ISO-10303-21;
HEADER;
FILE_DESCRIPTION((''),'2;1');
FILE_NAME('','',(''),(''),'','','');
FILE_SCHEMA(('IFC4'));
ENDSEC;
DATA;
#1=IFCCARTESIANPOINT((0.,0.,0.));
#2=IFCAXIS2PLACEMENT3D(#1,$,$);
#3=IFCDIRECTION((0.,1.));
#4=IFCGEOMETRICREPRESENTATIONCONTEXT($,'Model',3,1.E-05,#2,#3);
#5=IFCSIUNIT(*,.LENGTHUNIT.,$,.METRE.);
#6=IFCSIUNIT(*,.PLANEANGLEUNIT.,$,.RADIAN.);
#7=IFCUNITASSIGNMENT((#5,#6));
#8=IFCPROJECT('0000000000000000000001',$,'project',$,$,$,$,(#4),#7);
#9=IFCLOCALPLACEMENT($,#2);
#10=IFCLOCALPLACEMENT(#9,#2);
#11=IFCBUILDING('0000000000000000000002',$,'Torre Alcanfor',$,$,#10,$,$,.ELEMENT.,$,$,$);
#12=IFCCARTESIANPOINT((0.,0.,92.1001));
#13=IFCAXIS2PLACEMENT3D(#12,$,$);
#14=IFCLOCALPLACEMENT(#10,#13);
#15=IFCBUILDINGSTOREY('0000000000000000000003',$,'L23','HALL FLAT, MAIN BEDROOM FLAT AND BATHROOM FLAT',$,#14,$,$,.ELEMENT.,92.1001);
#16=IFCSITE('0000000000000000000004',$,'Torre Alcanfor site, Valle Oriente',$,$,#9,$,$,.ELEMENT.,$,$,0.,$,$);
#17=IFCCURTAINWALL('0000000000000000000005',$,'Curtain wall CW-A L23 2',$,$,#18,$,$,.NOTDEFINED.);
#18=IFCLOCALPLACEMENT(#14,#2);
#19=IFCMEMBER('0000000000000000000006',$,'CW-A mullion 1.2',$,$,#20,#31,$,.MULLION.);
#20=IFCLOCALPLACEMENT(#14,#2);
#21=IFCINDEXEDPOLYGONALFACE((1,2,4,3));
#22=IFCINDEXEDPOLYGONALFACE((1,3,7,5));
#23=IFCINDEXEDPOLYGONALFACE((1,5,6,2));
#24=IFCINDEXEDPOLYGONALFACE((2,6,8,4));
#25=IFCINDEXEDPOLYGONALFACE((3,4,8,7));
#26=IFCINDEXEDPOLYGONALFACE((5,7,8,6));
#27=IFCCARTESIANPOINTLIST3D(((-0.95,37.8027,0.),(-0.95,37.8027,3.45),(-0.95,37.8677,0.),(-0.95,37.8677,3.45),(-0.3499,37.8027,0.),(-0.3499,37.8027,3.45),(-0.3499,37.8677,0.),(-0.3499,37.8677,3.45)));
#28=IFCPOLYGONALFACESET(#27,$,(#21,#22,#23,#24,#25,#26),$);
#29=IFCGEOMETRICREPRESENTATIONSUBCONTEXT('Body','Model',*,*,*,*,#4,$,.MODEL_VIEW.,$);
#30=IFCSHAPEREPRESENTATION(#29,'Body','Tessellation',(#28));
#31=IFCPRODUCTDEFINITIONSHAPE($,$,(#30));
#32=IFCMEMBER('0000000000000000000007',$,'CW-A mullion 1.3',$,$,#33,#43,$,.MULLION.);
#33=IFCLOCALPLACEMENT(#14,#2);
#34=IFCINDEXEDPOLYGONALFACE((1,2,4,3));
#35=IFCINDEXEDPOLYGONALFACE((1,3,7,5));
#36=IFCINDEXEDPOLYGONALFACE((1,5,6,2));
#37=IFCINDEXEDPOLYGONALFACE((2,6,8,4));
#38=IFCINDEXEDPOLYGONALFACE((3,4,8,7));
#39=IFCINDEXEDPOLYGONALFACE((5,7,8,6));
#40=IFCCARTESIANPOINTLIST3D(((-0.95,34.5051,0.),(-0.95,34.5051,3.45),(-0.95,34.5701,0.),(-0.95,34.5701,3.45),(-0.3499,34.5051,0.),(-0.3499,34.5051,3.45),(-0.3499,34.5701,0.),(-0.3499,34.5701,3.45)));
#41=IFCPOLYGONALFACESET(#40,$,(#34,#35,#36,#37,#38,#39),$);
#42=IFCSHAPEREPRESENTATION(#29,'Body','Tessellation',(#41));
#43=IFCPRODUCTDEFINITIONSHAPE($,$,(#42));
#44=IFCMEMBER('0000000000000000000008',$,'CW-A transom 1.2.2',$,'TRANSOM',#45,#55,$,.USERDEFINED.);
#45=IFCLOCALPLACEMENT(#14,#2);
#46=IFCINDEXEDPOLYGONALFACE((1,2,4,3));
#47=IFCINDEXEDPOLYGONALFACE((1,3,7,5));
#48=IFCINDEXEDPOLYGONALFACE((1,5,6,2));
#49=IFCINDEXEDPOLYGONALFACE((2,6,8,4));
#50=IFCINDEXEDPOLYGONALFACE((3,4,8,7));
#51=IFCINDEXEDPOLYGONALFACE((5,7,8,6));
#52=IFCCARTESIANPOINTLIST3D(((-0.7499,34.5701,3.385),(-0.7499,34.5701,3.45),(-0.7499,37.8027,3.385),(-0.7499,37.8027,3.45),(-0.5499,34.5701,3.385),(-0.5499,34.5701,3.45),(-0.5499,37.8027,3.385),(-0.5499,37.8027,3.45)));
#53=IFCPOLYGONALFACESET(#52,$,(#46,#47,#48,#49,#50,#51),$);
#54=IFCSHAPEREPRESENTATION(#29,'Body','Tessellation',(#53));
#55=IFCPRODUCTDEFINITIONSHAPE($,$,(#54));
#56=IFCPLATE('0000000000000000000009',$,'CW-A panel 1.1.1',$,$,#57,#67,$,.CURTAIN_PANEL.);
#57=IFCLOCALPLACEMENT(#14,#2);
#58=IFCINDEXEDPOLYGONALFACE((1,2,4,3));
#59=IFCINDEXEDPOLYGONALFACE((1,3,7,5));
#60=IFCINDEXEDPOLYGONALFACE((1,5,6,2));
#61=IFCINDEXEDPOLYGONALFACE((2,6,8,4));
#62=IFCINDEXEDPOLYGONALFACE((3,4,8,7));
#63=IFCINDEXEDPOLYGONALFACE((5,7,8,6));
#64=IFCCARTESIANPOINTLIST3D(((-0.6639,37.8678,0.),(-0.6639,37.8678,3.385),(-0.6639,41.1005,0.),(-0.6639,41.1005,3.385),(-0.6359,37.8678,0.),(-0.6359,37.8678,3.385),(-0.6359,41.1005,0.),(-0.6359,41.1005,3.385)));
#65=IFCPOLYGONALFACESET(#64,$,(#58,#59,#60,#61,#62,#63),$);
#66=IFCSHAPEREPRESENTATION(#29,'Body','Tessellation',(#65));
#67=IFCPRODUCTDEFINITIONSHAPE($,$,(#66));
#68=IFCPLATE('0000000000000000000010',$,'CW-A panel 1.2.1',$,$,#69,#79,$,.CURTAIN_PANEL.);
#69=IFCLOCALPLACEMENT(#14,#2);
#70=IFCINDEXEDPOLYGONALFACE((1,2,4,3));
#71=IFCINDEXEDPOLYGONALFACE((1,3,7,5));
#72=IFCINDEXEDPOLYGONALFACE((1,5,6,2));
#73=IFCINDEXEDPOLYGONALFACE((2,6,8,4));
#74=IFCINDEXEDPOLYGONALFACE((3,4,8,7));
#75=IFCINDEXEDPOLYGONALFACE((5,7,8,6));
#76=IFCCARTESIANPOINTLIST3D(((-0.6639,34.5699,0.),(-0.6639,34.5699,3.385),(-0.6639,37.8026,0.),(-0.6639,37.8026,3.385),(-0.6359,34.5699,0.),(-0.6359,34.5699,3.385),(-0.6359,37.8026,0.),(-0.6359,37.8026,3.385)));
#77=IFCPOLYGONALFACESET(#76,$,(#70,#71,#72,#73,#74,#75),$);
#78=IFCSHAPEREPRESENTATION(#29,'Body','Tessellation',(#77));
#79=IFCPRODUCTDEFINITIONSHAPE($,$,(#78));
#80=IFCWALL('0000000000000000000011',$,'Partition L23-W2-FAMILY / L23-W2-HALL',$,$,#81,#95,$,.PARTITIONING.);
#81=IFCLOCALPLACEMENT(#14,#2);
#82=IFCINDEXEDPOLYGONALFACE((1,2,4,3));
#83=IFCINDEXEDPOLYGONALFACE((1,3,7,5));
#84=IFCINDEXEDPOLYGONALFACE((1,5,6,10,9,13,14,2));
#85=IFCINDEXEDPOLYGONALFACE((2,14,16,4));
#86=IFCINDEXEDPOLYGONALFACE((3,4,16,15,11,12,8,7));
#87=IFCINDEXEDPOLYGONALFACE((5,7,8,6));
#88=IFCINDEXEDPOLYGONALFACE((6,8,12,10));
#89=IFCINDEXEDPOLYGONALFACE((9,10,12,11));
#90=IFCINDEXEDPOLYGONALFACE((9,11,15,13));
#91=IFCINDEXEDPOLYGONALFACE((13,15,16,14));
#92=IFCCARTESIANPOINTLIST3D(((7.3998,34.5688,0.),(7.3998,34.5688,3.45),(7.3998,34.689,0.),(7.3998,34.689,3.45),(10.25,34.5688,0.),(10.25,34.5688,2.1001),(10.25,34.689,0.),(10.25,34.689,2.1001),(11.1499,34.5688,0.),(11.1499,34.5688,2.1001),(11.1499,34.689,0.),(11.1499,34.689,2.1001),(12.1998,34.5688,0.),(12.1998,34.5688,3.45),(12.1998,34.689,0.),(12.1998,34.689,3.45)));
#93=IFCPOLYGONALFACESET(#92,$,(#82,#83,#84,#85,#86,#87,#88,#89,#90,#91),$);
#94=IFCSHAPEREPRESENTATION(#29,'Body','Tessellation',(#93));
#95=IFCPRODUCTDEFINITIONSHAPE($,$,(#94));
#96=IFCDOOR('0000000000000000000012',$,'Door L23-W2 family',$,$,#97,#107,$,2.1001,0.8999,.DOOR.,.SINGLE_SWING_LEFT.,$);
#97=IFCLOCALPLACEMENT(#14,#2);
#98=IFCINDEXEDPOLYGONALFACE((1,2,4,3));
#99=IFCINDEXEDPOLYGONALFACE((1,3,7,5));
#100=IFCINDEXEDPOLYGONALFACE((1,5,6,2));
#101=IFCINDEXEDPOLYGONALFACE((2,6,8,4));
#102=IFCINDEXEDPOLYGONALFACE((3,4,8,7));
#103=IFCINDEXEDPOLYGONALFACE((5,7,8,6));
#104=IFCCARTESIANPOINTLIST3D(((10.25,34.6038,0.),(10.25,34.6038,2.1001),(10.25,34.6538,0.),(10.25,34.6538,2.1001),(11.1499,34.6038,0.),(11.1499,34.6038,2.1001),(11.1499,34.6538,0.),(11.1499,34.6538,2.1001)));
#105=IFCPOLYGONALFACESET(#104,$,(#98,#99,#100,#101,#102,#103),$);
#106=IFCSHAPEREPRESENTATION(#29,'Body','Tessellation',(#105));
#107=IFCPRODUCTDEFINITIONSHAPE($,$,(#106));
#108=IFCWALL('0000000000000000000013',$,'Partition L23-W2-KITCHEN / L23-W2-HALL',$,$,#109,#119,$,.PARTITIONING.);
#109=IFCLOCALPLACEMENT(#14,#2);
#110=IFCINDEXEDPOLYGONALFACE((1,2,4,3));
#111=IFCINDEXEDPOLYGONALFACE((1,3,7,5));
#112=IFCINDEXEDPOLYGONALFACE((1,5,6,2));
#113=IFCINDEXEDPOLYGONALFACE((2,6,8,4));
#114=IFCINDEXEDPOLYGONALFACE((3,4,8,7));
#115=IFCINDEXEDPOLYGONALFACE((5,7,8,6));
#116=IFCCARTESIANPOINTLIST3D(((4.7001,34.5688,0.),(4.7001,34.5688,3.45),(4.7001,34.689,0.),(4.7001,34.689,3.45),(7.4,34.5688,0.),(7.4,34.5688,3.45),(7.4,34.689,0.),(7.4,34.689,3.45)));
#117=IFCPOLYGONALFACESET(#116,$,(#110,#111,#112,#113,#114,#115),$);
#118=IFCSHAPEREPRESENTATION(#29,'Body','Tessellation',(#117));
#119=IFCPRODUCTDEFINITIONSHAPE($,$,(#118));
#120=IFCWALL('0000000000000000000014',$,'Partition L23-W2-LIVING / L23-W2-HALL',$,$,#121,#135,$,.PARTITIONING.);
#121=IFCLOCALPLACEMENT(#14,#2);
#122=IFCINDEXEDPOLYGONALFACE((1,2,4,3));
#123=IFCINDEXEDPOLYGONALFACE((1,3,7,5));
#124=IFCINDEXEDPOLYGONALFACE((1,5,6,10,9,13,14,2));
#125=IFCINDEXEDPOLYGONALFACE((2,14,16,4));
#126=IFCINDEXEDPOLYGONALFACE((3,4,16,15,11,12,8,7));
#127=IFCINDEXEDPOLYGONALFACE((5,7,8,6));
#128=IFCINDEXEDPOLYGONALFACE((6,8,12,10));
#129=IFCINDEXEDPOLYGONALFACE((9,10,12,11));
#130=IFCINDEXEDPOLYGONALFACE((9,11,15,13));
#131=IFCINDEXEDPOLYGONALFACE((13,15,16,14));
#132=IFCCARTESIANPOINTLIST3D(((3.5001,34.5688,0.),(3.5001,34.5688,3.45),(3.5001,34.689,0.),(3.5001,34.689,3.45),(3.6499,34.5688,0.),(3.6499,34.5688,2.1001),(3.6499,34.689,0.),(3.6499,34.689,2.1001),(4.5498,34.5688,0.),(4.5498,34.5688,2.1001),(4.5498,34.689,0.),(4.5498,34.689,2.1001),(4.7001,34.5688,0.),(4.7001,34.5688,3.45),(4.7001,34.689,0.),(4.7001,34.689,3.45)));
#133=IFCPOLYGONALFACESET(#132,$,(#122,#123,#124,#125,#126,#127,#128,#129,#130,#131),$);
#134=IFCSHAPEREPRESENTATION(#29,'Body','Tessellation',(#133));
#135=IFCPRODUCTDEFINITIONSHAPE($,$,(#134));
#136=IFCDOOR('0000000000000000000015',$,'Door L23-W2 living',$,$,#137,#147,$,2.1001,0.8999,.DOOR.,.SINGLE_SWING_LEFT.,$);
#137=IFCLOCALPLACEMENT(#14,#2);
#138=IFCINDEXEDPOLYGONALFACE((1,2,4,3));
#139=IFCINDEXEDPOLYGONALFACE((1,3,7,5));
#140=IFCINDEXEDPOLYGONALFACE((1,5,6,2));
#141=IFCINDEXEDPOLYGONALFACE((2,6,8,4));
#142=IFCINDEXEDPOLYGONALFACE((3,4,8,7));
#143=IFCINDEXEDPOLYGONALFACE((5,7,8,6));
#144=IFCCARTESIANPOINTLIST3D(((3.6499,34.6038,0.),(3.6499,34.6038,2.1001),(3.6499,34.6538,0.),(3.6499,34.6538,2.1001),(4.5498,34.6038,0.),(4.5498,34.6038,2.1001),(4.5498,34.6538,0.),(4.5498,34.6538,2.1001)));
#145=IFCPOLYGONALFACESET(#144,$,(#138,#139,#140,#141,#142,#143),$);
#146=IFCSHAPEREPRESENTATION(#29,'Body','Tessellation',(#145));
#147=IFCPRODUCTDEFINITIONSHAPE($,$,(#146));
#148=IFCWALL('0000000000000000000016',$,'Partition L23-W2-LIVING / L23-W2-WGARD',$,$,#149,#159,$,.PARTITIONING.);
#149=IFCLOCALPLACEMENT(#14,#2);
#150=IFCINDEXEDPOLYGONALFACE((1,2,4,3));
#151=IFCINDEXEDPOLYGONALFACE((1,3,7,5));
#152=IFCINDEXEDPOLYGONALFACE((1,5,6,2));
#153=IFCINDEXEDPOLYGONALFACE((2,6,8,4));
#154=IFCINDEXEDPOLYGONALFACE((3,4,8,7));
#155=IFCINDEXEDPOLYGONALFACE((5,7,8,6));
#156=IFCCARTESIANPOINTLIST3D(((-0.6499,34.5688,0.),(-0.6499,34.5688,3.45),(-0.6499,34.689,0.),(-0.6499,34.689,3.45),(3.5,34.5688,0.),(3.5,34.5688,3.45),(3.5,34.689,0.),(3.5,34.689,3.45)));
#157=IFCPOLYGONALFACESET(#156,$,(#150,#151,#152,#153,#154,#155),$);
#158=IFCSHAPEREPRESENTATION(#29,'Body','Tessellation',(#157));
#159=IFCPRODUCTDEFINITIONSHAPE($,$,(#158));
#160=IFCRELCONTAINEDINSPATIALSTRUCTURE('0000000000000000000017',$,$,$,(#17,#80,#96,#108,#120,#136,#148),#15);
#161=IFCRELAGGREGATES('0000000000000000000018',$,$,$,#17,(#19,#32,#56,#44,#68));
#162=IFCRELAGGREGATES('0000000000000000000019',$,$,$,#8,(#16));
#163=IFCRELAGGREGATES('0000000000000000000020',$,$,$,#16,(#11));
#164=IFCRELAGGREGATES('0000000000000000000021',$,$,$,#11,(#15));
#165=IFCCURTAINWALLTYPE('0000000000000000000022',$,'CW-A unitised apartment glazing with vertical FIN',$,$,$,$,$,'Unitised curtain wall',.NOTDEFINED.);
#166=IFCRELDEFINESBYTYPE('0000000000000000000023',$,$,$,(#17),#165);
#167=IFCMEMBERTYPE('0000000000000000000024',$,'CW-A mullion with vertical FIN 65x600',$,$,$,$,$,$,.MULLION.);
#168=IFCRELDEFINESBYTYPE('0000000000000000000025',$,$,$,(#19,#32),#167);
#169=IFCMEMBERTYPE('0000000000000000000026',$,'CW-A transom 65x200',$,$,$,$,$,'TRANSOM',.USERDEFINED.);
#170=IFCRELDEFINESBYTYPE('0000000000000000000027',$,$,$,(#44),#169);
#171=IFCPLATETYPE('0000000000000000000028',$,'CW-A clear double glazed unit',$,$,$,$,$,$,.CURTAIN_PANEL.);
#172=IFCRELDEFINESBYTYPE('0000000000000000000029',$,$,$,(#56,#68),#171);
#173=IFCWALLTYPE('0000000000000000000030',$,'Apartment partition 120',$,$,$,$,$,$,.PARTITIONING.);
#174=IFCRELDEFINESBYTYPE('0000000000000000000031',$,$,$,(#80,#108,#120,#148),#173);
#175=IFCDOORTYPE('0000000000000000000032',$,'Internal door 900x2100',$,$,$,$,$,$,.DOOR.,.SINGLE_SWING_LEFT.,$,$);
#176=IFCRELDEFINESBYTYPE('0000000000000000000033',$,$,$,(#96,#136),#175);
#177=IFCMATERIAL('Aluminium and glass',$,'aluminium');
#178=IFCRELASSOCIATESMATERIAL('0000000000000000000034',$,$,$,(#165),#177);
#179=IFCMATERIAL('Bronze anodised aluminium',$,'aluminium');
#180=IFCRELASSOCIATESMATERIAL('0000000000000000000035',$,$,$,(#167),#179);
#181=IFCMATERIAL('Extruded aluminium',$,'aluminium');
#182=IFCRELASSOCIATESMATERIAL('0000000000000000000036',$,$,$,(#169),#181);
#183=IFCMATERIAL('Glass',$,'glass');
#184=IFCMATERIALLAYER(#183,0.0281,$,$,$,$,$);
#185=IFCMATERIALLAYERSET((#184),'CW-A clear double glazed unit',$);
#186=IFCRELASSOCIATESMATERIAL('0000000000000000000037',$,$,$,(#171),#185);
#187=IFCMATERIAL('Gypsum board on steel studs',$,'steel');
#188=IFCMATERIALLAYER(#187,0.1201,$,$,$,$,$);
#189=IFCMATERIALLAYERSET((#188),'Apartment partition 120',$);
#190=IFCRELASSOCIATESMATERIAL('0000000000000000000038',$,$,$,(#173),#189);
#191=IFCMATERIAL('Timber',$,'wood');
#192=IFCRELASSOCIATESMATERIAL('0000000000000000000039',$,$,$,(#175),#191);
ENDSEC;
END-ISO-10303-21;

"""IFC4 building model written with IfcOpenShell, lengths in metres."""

from ifc_helpers import new_model, si_unit, direction, frame, frame_2d, origin, origin_2d, place, context, subcontext, project, spatial, rectangle, extrude, material, layer, layer_set, material_profile, profile_set, type_object, element, fill, aggregate, save


model = new_model("IFC4")

# Units and contexts
model_context = context("Model", 3, precision=1e-05, world=origin(), true_north=direction((0.0, 1.0)))
body_context = subcontext(model_context, "Body", "Model", "MODEL_VIEW")
ifc_project = project(units=[si_unit("LENGTHUNIT", "METRE"), si_unit("PLANEANGLEUNIT", "RADIAN")], contexts=[model_context])

# Site, building, storey
site_placement = place(None, origin())
site = spatial("IfcSite", under=ifc_project, at=site_placement, Name="Torre Alcanfor site, Valle Oriente", CompositionType="ELEMENT", RefElevation=0.0)
building_placement = place(site_placement, origin())
building = spatial("IfcBuilding", under=site, at=building_placement, Name="Torre Alcanfor", CompositionType="ELEMENT")
storey_placement = place(building_placement, frame((0.0, 0.0, 92.1001)))
storey = spatial("IfcBuildingStorey", under=building, at=storey_placement, Name="L23", Description="HALL FLAT, MAIN BEDROOM FLAT AND BATHROOM FLAT", CompositionType="ELEMENT", Elevation=92.1001)

# Curtain wall, members, plates
ifc_material_1 = material(Name="Aluminium and glass", Category="aluminium")
curtain_wall_type = type_object("IfcCurtainWallType", Name="CW-A unitised apartment glazing with vertical FIN", ElementType="Unitised curtain wall", PredefinedType="NOTDEFINED", material=ifc_material_1)
curtain_wall_placement = place(storey_placement, origin())
curtain_wall = element("IfcCurtainWall", 1, at=curtain_wall_placement, inside=storey, type_object=curtain_wall_type, Name="Curtain wall CW-A L23 2", PredefinedType="NOTDEFINED")
ifc_material_2 = material(Name="Bronze anodised aluminium", Category="aluminium")
ifc_material_profile_1 = material_profile(ifc_material_2, rectangle(XDim=0.6001, YDim=0.0649, at=origin_2d()), Name="CW-A mullion 65x600")
ifc_profile_set_1 = profile_set([ifc_material_profile_1], Name="Bronze anodised aluminium")
member_type_1 = type_object("IfcMemberType", Name="CW-A mullion with vertical FIN 65x600", PredefinedType="MULLION", material=ifc_profile_set_1)
member_1_placement = place(storey_placement, frame((-0.6499, 37.8352, 0.0), z_axis=(0.0, 0.0, 1.0), x_axis=(1.0, 0.0, 0.0)))
member_1 = element("IfcMember", 2, at=member_1_placement, type_object=member_type_1, Name="CW-A mullion 1.2", PredefinedType="MULLION", context=body_context, shape_type="SweptSolid", body=[
    extrude(rectangle(XDim=0.6001, YDim=0.0649, at=origin_2d()), origin(), (0.0, 0.0, 1.0), 3.45),
])
member_2_placement = place(storey_placement, frame((-0.6499, 34.5376, 0.0), z_axis=(0.0, 0.0, 1.0), x_axis=(1.0, 0.0, 0.0)))
member_2 = element("IfcMember", 3, at=member_2_placement, type_object=member_type_1, Name="CW-A mullion 1.3", PredefinedType="MULLION", context=body_context, shape_type="SweptSolid", body=[
    extrude(rectangle(XDim=0.6001, YDim=0.0649, at=origin_2d()), origin(), (0.0, 0.0, 1.0), 3.45),
])
ifc_material_3 = material(Name="Extruded aluminium", Category="aluminium")
ifc_material_profile_2 = material_profile(ifc_material_3, rectangle(XDim=0.2, YDim=0.0649, at=origin_2d()), Name="CW-A transom 200x65")
ifc_profile_set_2 = profile_set([ifc_material_profile_2], Name="Extruded aluminium")
member_type_2 = type_object("IfcMemberType", Name="CW-A transom 65x200", ElementType="TRANSOM", PredefinedType="USERDEFINED", material=ifc_profile_set_2)
member_3_placement = place(storey_placement, frame((-0.6499, 37.8027, 3.4175), z_axis=(0.0, -1.0, 0.0), x_axis=(1.0, 0.0, 0.0)))
member_3 = element("IfcMember", 4, at=member_3_placement, type_object=member_type_2, Name="CW-A transom 1.2.2", ObjectType="TRANSOM", PredefinedType="USERDEFINED", context=body_context, shape_type="SweptSolid", body=[
    extrude(rectangle(XDim=0.2, YDim=0.0649, at=origin_2d()), origin(), (0.0, 0.0, 1.0), 3.2327),
])
ifc_material_4 = material(Name="Glass", Category="glass")
ifc_layer_1 = layer(ifc_material_4, 0.0281)
ifc_layer_set_1 = layer_set([ifc_layer_1], Name="CW-A clear double glazed unit")
plate_type = type_object("IfcPlateType", Name="CW-A clear double glazed unit", PredefinedType="CURTAIN_PANEL", material=ifc_layer_set_1)
plate_1_placement = place(storey_placement, frame((-0.6499, 39.4841, 0.0), z_axis=(0.0, 0.0, 1.0), x_axis=(0.0, -1.0, 0.0)))
plate_1 = element("IfcPlate", 5, at=plate_1_placement, type_object=plate_type, Name="CW-A panel 1.1.1", PredefinedType="CURTAIN_PANEL", context=body_context, shape_type="SweptSolid", body=[
    extrude(rectangle(XDim=3.2327, YDim=0.0281, at=origin_2d()), origin(), (0.0, 0.0, 1.0), 3.385),
])
plate_2_placement = place(storey_placement, frame((-0.6499, 36.1863, 0.0), z_axis=(0.0, 0.0, 1.0), x_axis=(0.0, -1.0, 0.0)))
plate_2 = element("IfcPlate", 6, at=plate_2_placement, type_object=plate_type, Name="CW-A panel 1.2.1", PredefinedType="CURTAIN_PANEL", context=body_context, shape_type="SweptSolid", body=[
    extrude(rectangle(XDim=3.2327, YDim=0.0281, at=origin_2d()), origin(), (0.0, 0.0, 1.0), 3.385),
])
aggregate(curtain_wall, [member_1, member_2, plate_1, member_3, plate_2])

# Wall, opening, door
ifc_material_5 = material(Name="Gypsum board on steel studs", Category="steel")
ifc_layer_2 = layer(ifc_material_5, 0.1201)
ifc_layer_set_2 = layer_set([ifc_layer_2], Name="Apartment partition 120")
wall_type = type_object("IfcWallType", Name="Apartment partition 120", PredefinedType="PARTITIONING", material=ifc_layer_set_2)
wall_1_placement = place(storey_placement, frame((7.3999, 34.6289, 0.0), z_axis=(0.0, 0.0, 1.0), x_axis=(1.0, 0.0, 0.0)))
wall_1 = element("IfcWall", 7, at=wall_1_placement, inside=storey, type_object=wall_type, Name="Partition L23-W2-FAMILY / L23-W2-HALL", PredefinedType="PARTITIONING", context=body_context, shape_type="SweptSolid", body=[
    extrude(rectangle(XDim=4.8, YDim=0.1201, at=frame_2d((2.3999, 0.0))), origin(), (0.0, 0.0, 1.0), 3.45),
])
opening_1_placement = place(wall_1_placement, frame((2.8501, 0.0, 0.0)))
opening_1 = element("IfcOpeningElement", 8, at=opening_1_placement, cuts=wall_1, PredefinedType="OPENING", context=body_context, shape_type="SweptSolid", body=[
    extrude(rectangle(XDim=0.8999, YDim=2.1001, at=frame_2d((0.45, 1.05))), frame((0.0, 0.0701, 0.0), z_axis=(0.0, -1.0, 0.0), x_axis=(1.0, 0.0, 0.0)), (0.0, 0.0, 1.0), 0.1401),
])
ifc_material_6 = material(Name="Timber", Category="wood")
door_type = type_object("IfcDoorType", Name="Internal door 900x2100", OperationType="SINGLE_SWING_LEFT", PredefinedType="DOOR", material=ifc_material_6)
door_1_placement = place(opening_1_placement, frame((0.8999, 0.0, 0.0), z_axis=(0.0, 0.0, 1.0), x_axis=(-1.0, 0.0, 0.0)))
door_1 = element("IfcDoor", 9, at=door_1_placement, inside=storey, type_object=door_type, Name="Door L23-W2 family", OperationType="SINGLE_SWING_LEFT", OverallHeight=2.1001, OverallWidth=0.8999, PredefinedType="DOOR", context=body_context, shape_type="SweptSolid", body=[
    extrude(rectangle(XDim=0.8999, YDim=2.1001, at=frame_2d((0.45, 1.05))), frame((0.0, 0.0251, 0.0), z_axis=(0.0, -1.0, 0.0), x_axis=(1.0, 0.0, 0.0)), (0.0, 0.0, 1.0), 0.05),
])
fill(opening_1, door_1)

# Wall
wall_2_placement = place(storey_placement, frame((4.7, 34.6289, 0.0), z_axis=(0.0, 0.0, 1.0), x_axis=(1.0, 0.0, 0.0)))
element("IfcWall", 10, at=wall_2_placement, inside=storey, type_object=wall_type, Name="Partition L23-W2-KITCHEN / L23-W2-HALL", PredefinedType="PARTITIONING", context=body_context, shape_type="SweptSolid", body=[
    extrude(rectangle(XDim=2.7, YDim=0.1201, at=frame_2d((1.3501, 0.0))), origin(), (0.0, 0.0, 1.0), 3.45),
])

# Wall, opening, door
wall_3_placement = place(storey_placement, frame((3.5, 34.6289, 0.0), z_axis=(0.0, 0.0, 1.0), x_axis=(1.0, 0.0, 0.0)))
wall_3 = element("IfcWall", 11, at=wall_3_placement, inside=storey, type_object=wall_type, Name="Partition L23-W2-LIVING / L23-W2-HALL", PredefinedType="PARTITIONING", context=body_context, shape_type="SweptSolid", body=[
    extrude(rectangle(XDim=1.2, YDim=0.1201, at=frame_2d((0.6001, 0.0))), origin(), (0.0, 0.0, 1.0), 3.45),
])
opening_2_placement = place(wall_3_placement, frame((0.1499, 0.0, 0.0)))
opening_2 = element("IfcOpeningElement", 12, at=opening_2_placement, cuts=wall_3, PredefinedType="OPENING", context=body_context, shape_type="SweptSolid", body=[
    extrude(rectangle(XDim=0.8999, YDim=2.1001, at=frame_2d((0.45, 1.05))), frame((0.0, 0.0701, 0.0), z_axis=(0.0, -1.0, 0.0), x_axis=(1.0, 0.0, 0.0)), (0.0, 0.0, 1.0), 0.1401),
])
door_2_placement = place(opening_2_placement, frame((0.8999, 0.0, 0.0), z_axis=(0.0, 0.0, 1.0), x_axis=(-1.0, 0.0, 0.0)))
door_2 = element("IfcDoor", 13, at=door_2_placement, inside=storey, type_object=door_type, Name="Door L23-W2 living", OperationType="SINGLE_SWING_LEFT", OverallHeight=2.1001, OverallWidth=0.8999, PredefinedType="DOOR", context=body_context, shape_type="SweptSolid", body=[
    extrude(rectangle(XDim=0.8999, YDim=2.1001, at=frame_2d((0.45, 1.05))), frame((0.0, 0.0251, 0.0), z_axis=(0.0, -1.0, 0.0), x_axis=(1.0, 0.0, 0.0)), (0.0, 0.0, 1.0), 0.05),
])
fill(opening_2, door_2)

# Wall
wall_4_placement = place(storey_placement, frame((-0.6499, 34.6289, 0.0), z_axis=(0.0, 0.0, 1.0), x_axis=(1.0, 0.0, 0.0)))
element("IfcWall", 14, at=wall_4_placement, inside=storey, type_object=wall_type, Name="Partition L23-W2-LIVING / L23-W2-WGARD", PredefinedType="PARTITIONING", context=body_context, shape_type="SweptSolid", body=[
    extrude(rectangle(XDim=4.1499, YDim=0.1201, at=frame_2d((2.075, 0.0))), origin(), (0.0, 0.0, 1.0), 3.45),
])

save(model, "model.ifc")
